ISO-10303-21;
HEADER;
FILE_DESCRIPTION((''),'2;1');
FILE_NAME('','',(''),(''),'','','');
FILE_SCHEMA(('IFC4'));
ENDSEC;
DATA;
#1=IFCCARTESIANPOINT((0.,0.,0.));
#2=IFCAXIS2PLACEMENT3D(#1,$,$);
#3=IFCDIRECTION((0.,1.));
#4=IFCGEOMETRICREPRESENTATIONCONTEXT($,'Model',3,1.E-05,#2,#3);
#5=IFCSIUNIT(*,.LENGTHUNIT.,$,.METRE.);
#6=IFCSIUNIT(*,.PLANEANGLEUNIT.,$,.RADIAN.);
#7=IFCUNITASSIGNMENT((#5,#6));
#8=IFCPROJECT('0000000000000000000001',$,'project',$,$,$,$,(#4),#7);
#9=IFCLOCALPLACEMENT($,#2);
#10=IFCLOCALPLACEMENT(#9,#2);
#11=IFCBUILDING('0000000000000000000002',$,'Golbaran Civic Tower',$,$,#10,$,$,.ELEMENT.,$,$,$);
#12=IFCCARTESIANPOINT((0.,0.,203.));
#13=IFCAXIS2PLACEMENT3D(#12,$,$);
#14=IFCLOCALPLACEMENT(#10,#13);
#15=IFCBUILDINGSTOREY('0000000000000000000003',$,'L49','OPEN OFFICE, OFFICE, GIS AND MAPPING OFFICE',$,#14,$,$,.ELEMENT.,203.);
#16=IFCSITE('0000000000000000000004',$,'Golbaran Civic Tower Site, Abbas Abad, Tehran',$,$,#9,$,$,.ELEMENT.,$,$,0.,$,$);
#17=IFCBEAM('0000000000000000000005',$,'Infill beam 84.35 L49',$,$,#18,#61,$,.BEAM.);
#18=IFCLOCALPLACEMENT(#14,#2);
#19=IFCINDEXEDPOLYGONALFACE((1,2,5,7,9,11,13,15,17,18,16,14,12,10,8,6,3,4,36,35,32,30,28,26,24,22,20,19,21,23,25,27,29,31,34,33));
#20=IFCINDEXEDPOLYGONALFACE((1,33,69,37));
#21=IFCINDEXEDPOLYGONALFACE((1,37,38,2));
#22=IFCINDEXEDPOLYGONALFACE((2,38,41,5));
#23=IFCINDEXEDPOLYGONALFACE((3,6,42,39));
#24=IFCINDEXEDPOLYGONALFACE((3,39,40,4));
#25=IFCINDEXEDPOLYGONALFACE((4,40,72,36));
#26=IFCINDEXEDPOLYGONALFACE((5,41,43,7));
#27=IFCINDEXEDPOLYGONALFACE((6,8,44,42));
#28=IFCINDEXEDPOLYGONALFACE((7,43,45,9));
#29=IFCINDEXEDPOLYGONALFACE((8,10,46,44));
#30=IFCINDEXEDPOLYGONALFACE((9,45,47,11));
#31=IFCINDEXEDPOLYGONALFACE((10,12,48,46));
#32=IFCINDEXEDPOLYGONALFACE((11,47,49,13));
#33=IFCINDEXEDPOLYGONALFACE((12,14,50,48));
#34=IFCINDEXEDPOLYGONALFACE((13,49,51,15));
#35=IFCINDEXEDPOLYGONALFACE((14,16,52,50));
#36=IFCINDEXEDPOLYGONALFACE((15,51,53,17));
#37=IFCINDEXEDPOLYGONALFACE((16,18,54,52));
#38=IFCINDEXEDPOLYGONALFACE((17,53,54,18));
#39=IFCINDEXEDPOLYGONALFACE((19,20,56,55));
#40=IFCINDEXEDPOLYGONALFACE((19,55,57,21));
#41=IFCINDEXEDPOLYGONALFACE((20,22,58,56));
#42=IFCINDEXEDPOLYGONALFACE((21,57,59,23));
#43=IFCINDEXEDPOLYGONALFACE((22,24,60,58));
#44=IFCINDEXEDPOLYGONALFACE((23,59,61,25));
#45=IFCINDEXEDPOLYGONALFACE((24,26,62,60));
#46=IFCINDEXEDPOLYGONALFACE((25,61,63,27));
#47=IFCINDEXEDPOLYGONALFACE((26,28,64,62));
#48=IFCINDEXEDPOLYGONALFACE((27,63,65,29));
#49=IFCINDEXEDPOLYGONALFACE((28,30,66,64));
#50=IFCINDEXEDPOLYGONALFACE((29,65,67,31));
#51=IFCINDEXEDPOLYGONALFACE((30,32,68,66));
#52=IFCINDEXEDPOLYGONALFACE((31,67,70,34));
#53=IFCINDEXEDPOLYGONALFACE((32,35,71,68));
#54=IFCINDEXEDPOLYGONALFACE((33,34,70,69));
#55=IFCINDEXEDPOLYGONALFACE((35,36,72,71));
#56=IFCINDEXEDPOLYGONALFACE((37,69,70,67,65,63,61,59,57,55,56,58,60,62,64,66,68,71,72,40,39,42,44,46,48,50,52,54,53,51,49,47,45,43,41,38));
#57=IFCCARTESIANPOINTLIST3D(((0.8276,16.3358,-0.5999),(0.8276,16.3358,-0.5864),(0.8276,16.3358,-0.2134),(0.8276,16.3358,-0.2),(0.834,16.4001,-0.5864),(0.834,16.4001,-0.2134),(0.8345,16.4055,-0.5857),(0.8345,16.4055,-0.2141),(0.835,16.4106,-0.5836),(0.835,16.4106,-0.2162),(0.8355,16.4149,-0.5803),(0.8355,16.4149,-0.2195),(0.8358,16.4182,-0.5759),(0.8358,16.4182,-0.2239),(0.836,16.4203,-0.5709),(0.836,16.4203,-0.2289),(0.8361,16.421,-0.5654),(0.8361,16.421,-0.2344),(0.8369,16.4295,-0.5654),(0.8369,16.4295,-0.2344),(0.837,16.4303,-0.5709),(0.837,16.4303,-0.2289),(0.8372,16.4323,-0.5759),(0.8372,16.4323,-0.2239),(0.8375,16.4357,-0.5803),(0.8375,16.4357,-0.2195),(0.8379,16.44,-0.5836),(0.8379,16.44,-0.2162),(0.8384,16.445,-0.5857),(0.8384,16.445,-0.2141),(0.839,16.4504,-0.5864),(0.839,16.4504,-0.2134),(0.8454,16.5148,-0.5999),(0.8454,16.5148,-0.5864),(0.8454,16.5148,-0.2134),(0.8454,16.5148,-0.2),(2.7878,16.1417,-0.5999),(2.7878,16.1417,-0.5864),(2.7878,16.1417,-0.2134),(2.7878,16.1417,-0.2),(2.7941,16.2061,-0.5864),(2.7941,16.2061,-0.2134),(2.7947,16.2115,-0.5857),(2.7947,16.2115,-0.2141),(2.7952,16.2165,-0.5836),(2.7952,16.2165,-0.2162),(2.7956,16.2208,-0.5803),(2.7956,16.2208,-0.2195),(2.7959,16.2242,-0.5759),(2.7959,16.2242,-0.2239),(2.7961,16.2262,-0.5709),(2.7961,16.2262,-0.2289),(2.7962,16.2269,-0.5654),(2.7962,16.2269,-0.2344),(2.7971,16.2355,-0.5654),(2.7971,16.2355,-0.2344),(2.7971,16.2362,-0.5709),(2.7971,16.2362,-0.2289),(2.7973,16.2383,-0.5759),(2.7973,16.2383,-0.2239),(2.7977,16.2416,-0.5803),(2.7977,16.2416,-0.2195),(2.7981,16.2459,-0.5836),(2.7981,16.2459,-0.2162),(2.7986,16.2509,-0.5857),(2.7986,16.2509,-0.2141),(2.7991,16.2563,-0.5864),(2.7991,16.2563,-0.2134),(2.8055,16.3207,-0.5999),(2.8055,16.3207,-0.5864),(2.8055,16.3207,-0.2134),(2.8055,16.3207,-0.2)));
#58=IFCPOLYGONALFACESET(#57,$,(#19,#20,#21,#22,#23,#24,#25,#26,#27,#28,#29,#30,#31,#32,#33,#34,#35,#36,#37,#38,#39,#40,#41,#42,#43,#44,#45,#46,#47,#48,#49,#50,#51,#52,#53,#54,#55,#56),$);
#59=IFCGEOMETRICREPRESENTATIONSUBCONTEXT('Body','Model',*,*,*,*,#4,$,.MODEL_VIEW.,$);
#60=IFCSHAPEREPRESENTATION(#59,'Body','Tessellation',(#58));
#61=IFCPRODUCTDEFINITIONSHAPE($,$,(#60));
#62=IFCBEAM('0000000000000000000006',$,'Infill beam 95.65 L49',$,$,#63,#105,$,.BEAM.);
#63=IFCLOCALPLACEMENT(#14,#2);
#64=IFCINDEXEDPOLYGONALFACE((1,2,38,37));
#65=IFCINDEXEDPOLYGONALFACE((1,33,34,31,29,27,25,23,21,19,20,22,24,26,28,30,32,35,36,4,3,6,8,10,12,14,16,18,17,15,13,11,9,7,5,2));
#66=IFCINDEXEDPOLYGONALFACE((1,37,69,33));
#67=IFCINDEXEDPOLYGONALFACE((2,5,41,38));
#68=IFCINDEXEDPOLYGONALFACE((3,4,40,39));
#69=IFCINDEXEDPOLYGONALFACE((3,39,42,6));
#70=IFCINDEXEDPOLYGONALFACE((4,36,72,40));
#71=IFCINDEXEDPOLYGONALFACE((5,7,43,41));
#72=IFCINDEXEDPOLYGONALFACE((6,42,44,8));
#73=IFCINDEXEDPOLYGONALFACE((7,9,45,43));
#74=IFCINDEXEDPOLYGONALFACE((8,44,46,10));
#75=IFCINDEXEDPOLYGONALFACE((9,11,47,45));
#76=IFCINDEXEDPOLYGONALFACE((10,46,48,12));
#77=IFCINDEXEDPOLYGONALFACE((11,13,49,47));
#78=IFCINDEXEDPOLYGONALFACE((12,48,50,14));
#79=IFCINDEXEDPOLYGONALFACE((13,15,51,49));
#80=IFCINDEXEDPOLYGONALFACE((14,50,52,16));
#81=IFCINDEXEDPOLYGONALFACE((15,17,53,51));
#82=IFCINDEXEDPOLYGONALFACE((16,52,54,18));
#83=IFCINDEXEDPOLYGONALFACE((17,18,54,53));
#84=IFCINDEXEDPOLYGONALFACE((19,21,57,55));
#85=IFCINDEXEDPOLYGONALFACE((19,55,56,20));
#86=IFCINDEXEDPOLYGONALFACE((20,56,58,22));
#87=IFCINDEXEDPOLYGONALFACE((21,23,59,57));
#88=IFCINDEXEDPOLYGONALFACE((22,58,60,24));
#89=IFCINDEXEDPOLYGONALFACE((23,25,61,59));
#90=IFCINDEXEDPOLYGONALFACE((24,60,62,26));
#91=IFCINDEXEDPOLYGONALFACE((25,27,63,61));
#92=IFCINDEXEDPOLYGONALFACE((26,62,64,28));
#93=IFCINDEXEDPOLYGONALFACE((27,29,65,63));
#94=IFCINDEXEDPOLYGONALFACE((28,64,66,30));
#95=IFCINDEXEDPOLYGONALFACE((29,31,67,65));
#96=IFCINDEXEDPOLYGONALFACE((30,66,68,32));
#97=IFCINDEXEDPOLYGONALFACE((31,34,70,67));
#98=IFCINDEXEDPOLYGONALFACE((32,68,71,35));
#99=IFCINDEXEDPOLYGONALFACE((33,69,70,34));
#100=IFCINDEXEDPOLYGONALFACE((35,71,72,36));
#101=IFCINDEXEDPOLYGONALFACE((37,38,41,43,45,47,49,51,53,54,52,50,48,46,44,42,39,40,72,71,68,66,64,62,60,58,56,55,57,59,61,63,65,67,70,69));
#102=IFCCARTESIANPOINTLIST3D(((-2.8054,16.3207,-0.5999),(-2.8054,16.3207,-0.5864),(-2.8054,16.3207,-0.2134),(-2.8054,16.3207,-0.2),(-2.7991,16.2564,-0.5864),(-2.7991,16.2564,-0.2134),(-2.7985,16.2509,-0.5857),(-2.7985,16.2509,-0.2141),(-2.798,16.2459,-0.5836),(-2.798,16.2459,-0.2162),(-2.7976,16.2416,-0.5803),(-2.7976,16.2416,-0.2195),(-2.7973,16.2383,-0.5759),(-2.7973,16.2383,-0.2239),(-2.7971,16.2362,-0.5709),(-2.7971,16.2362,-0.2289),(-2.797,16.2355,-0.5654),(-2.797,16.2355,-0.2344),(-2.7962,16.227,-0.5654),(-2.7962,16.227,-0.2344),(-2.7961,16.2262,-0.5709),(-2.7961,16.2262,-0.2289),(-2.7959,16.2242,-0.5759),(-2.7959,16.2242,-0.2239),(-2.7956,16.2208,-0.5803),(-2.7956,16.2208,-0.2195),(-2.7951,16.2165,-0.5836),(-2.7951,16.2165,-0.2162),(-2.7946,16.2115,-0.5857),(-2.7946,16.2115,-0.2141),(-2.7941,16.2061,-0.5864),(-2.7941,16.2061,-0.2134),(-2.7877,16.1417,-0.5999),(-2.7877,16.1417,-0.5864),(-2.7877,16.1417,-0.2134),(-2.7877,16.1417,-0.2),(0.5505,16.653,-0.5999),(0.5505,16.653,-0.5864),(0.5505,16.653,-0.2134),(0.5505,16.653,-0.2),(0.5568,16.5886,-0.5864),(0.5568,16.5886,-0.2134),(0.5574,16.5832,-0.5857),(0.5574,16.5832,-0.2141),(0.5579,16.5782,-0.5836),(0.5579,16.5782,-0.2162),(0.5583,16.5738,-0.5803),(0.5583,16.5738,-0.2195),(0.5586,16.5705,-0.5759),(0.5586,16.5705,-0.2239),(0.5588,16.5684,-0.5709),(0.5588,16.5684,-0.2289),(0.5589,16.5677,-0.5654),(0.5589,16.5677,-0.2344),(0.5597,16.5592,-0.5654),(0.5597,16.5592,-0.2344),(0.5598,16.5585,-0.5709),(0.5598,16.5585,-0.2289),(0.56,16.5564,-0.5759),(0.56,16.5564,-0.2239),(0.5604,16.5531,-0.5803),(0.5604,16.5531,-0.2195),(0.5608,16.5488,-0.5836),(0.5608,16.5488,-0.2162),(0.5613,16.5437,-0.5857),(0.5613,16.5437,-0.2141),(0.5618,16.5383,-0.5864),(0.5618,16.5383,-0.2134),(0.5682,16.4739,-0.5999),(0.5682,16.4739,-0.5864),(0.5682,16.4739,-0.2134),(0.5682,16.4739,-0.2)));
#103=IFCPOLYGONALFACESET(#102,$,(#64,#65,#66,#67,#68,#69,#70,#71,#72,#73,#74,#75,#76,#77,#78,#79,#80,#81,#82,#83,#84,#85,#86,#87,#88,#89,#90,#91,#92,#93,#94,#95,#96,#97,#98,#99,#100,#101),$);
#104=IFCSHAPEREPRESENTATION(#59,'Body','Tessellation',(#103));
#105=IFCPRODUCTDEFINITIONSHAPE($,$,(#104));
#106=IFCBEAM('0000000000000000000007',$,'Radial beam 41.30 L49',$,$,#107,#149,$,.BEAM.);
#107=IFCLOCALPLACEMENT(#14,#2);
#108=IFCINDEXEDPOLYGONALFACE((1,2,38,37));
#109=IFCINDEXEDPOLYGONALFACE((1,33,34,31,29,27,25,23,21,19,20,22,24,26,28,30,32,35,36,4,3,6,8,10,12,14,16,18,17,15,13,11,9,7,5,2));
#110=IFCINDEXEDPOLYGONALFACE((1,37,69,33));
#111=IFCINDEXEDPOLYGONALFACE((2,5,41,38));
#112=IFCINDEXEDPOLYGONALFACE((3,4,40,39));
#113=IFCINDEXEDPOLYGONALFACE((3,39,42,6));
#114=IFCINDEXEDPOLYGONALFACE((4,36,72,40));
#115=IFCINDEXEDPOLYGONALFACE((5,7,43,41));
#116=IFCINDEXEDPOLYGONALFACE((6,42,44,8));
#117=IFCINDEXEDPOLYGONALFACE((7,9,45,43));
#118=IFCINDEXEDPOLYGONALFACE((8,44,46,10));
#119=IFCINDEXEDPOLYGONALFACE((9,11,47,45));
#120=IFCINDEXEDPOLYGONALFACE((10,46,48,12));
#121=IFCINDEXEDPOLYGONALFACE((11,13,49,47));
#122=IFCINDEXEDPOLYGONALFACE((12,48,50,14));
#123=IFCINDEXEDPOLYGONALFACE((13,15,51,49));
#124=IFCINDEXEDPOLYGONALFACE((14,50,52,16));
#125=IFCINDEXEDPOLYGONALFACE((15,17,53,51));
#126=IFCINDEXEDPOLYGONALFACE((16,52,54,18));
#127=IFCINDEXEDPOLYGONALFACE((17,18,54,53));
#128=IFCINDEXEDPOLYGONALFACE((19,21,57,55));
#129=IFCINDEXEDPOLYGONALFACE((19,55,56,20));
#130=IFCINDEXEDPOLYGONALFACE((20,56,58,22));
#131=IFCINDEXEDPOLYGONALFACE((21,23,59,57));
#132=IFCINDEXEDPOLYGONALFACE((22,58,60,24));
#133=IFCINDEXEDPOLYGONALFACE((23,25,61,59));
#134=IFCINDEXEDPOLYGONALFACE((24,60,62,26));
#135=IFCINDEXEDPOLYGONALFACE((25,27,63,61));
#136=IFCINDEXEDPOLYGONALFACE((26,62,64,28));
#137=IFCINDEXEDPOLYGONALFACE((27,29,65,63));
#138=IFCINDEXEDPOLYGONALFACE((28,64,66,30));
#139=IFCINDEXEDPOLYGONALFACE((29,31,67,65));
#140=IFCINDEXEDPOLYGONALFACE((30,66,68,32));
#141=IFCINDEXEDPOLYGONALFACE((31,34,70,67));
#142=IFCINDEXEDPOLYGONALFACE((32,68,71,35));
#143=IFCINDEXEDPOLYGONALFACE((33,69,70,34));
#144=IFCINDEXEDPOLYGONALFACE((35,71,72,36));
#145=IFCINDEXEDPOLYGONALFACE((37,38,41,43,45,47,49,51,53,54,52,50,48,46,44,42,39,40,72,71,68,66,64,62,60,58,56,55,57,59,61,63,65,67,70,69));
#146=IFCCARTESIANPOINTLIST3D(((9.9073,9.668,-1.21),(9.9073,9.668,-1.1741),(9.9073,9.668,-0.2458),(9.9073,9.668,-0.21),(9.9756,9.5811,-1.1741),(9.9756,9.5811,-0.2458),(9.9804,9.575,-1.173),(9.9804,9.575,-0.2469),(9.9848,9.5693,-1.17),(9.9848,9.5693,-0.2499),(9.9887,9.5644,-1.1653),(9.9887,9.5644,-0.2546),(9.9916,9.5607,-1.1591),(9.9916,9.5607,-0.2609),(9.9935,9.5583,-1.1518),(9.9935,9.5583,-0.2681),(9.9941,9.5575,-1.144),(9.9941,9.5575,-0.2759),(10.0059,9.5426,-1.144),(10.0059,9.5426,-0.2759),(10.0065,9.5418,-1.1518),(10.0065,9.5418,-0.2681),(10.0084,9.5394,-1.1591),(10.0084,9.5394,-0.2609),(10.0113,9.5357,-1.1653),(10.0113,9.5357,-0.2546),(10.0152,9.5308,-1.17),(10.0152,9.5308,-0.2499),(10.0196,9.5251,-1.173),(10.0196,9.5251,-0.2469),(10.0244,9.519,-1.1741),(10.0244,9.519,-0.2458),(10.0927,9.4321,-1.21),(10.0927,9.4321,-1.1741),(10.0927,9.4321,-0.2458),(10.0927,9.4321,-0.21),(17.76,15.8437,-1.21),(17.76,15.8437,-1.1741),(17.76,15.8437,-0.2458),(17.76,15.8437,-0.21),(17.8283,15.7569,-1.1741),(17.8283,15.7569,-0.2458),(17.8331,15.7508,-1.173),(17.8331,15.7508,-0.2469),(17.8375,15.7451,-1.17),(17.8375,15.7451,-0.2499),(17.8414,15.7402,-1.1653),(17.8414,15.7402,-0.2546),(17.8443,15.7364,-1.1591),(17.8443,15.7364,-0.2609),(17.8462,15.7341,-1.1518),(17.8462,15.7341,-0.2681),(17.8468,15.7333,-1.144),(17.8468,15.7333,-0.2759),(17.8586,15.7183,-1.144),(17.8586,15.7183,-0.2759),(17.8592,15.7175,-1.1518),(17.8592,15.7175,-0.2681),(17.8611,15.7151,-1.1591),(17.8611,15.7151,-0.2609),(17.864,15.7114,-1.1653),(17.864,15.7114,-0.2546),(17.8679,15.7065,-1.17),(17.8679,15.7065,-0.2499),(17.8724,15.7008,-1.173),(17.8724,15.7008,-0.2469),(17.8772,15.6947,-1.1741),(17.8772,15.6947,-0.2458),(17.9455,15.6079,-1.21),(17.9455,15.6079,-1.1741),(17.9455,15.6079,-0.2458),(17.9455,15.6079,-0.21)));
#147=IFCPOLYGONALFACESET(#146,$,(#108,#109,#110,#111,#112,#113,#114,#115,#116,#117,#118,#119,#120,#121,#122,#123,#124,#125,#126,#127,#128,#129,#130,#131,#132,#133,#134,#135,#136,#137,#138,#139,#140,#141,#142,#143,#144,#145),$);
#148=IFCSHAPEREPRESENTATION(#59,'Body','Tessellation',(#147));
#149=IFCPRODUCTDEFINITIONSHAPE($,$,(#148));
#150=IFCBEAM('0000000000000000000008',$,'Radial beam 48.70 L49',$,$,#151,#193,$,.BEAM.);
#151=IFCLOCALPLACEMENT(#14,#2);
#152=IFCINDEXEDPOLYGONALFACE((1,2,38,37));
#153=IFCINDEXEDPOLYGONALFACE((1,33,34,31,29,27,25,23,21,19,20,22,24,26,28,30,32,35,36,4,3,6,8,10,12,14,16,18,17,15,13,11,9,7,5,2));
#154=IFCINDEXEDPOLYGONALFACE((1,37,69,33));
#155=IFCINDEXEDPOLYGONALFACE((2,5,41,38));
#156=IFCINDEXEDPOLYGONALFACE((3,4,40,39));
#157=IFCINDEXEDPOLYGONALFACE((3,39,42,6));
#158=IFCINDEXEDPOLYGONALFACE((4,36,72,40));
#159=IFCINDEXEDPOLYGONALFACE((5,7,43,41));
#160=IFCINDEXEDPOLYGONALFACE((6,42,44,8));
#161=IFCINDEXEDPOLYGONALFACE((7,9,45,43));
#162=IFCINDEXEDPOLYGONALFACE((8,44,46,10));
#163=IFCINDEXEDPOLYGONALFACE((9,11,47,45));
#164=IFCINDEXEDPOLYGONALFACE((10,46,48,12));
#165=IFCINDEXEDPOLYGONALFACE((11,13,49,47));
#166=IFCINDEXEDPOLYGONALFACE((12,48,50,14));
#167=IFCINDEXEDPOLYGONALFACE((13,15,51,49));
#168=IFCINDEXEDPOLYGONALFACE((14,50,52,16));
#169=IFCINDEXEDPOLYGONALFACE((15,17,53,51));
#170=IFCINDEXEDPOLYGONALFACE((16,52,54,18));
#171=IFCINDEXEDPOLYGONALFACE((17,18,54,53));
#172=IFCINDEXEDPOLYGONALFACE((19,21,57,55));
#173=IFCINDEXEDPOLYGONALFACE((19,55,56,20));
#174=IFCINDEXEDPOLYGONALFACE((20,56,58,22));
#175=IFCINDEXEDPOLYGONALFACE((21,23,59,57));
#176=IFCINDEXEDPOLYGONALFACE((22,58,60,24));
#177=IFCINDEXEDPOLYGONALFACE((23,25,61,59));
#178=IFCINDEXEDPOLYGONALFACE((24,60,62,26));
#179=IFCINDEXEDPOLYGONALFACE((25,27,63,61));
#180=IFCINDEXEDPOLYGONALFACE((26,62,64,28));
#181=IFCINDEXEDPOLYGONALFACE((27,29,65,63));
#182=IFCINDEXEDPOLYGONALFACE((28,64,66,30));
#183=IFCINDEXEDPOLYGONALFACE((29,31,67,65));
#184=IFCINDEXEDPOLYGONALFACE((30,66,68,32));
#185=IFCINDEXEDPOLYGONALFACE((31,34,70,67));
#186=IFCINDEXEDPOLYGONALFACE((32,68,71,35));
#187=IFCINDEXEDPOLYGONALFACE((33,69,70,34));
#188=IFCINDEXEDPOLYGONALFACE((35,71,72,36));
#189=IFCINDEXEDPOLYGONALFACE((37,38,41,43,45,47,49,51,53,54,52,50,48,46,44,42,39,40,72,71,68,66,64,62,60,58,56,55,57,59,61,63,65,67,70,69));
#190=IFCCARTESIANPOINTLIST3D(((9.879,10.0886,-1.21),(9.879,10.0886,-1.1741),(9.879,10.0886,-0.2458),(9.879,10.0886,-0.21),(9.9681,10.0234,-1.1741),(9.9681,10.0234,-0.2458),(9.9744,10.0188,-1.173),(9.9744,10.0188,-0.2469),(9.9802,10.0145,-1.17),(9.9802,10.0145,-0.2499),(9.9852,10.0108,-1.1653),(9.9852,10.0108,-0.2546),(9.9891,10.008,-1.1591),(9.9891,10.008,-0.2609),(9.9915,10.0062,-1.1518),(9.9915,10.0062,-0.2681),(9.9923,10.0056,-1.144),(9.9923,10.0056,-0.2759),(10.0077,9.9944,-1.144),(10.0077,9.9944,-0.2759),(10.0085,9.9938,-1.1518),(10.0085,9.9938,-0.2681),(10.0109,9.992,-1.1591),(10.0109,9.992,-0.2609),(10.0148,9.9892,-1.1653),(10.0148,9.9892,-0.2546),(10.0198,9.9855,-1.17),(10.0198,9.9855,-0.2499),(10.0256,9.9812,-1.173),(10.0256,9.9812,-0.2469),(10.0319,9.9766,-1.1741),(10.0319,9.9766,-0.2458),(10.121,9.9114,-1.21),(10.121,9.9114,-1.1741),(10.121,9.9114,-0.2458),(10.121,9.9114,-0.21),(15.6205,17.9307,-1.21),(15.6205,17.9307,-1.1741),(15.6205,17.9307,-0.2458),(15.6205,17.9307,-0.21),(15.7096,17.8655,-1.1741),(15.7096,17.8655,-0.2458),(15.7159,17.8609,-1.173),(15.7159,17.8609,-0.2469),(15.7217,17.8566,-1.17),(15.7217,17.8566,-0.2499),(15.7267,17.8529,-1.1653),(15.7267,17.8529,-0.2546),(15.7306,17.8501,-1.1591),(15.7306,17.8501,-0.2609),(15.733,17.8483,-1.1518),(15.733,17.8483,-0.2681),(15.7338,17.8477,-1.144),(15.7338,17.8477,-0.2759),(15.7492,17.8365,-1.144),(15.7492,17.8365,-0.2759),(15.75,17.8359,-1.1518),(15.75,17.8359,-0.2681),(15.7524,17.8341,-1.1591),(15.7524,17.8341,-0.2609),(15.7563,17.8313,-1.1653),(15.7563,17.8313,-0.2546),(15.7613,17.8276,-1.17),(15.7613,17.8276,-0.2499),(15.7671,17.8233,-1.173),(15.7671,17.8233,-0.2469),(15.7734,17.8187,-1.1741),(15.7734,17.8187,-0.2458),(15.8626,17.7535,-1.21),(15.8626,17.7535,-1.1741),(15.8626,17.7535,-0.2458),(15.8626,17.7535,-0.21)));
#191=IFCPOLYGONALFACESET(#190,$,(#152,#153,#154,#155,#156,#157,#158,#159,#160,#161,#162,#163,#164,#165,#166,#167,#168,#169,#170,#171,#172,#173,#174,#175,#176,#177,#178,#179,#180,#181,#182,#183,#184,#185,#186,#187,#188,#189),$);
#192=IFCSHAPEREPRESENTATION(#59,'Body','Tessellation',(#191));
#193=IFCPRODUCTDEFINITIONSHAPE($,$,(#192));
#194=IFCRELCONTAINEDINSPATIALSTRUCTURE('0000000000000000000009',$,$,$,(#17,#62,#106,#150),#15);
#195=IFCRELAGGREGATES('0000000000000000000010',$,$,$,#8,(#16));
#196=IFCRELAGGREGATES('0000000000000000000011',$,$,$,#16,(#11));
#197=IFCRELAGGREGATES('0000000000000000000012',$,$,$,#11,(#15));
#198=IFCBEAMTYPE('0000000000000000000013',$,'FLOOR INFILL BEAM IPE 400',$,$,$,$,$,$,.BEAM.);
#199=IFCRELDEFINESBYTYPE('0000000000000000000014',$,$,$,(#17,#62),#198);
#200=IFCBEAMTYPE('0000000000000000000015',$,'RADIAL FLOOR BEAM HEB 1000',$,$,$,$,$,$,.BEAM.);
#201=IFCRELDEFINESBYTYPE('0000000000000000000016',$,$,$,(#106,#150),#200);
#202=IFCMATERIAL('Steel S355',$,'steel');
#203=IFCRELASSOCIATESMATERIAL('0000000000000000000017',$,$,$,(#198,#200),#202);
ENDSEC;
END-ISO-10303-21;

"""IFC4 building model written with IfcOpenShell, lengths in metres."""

from ifc_helpers import new_model, si_unit, direction, frame, origin, origin_2d, place, context, subcontext, project, spatial, i_section, extrude, material, material_profile, profile_set, type_object, element, save


model = new_model("IFC4")

# Units and contexts
model_context = context("Model", 3, precision=1e-05, world=origin(), true_north=direction((0.0, 1.0)))
body_context = subcontext(model_context, "Body", "Model", "MODEL_VIEW")
ifc_project = project(units=[si_unit("LENGTHUNIT", "METRE"), si_unit("PLANEANGLEUNIT", "RADIAN")], contexts=[model_context])

# Site, building, storey
site_placement = place(None, origin())
site = spatial("IfcSite", under=ifc_project, at=site_placement, Name="Golbaran Civic Tower Site, Abbas Abad, Tehran", CompositionType="ELEMENT", RefElevation=0.0)
building_placement = place(site_placement, origin())
building = spatial("IfcBuilding", under=site, at=building_placement, Name="Golbaran Civic Tower", CompositionType="ELEMENT")
storey_placement = place(building_placement, frame((0.0, 0.0, 203.0)))
storey = spatial("IfcBuildingStorey", under=building, at=storey_placement, Name="L49", Description="OPEN OFFICE, OFFICE, GIS AND MAPPING OFFICE", CompositionType="ELEMENT", Elevation=203.0)

# Beams
ifc_material_1 = material(Name="Steel S355", Category="steel")
ifc_material_profile_1 = material_profile(ifc_material_1, i_section(OverallWidth=0.1799, OverallDepth=0.3999, WebThickness=0.0085, FlangeThickness=0.0134, FilletRadius=0.021, at=origin_2d()), Name="IPE 400")
ifc_profile_set_1 = profile_set([ifc_material_profile_1], Name="Steel S355")
beam_type_1 = type_object("IfcBeamType", Name="FLOOR INFILL BEAM IPE 400", PredefinedType="BEAM", material=ifc_profile_set_1)
beam_1_placement = place(storey_placement, frame((2.7966, 16.2312, -0.3999), z_axis=(-0.995134, 0.098534, 0.0), x_axis=(-0.098534, -0.995134, 0.0)))
element("IfcBeam", 1, at=beam_1_placement, inside=storey, type_object=beam_type_1, Name="Infill beam 84.35 L49", PredefinedType="BEAM", context=body_context, shape_type="SweptSolid", body=[
    extrude(i_section(OverallWidth=0.1799, OverallDepth=0.3999, WebThickness=0.0085, FlangeThickness=0.0134, FilletRadius=0.021, at=origin_2d()), origin(), (0.0, 0.0, 1.0), 1.9697),
])
beam_2_placement = place(storey_placement, frame((0.5593, 16.5635, -0.3999), z_axis=(-0.995134, -0.098529, 0.0), x_axis=(0.098529, -0.995134, 0.0)))
element("IfcBeam", 2, at=beam_2_placement, inside=storey, type_object=beam_type_1, Name="Infill beam 95.65 L49", PredefinedType="BEAM", context=body_context, shape_type="SweptSolid", body=[
    extrude(i_section(OverallWidth=0.1799, OverallDepth=0.3999, WebThickness=0.0085, FlangeThickness=0.0134, FilletRadius=0.021, at=origin_2d()), origin(), (0.0, 0.0, 1.0), 3.3723),
])
ifc_material_profile_2 = material_profile(ifc_material_1, i_section(OverallWidth=0.3, OverallDepth=1.0, WebThickness=0.019, FlangeThickness=0.0359, FilletRadius=0.03, at=origin_2d()), Name="HEB 1000")
ifc_profile_set_2 = profile_set([ifc_material_profile_2], Name="Steel S355")
beam_type_2 = type_object("IfcBeamType", Name="RADIAL FLOOR BEAM HEB 1000", PredefinedType="BEAM", material=ifc_profile_set_2)
beam_3_placement = place(storey_placement, frame((10.0, 9.55, -0.71), z_axis=(0.786039, 0.618177, 0.0), x_axis=(-0.618177, 0.786039, 0.0)))
element("IfcBeam", 3, at=beam_3_placement, inside=storey, type_object=beam_type_2, Name="Radial beam 41.30 L49", PredefinedType="BEAM", context=body_context, shape_type="SweptSolid", body=[
    extrude(i_section(OverallWidth=0.3, OverallDepth=1.0, WebThickness=0.019, FlangeThickness=0.0359, FilletRadius=0.03, at=origin_2d()), origin(), (0.0, 0.0, 1.0), 9.9902),
])
beam_4_placement = place(storey_placement, frame((10.0, 10.0, -0.71), z_axis=(0.590736, 0.806865, 0.0), x_axis=(-0.806865, 0.590736, 0.0)))
element("IfcBeam", 4, at=beam_4_placement, inside=storey, type_object=beam_type_2, Name="Radial beam 48.70 L49", PredefinedType="BEAM", context=body_context, shape_type="SweptSolid", body=[
    extrude(i_section(OverallWidth=0.3, OverallDepth=1.0, WebThickness=0.019, FlangeThickness=0.0359, FilletRadius=0.03, at=origin_2d()), origin(), (0.0, 0.0, 1.0), 9.7192),
])

save(model, "model.ifc")
